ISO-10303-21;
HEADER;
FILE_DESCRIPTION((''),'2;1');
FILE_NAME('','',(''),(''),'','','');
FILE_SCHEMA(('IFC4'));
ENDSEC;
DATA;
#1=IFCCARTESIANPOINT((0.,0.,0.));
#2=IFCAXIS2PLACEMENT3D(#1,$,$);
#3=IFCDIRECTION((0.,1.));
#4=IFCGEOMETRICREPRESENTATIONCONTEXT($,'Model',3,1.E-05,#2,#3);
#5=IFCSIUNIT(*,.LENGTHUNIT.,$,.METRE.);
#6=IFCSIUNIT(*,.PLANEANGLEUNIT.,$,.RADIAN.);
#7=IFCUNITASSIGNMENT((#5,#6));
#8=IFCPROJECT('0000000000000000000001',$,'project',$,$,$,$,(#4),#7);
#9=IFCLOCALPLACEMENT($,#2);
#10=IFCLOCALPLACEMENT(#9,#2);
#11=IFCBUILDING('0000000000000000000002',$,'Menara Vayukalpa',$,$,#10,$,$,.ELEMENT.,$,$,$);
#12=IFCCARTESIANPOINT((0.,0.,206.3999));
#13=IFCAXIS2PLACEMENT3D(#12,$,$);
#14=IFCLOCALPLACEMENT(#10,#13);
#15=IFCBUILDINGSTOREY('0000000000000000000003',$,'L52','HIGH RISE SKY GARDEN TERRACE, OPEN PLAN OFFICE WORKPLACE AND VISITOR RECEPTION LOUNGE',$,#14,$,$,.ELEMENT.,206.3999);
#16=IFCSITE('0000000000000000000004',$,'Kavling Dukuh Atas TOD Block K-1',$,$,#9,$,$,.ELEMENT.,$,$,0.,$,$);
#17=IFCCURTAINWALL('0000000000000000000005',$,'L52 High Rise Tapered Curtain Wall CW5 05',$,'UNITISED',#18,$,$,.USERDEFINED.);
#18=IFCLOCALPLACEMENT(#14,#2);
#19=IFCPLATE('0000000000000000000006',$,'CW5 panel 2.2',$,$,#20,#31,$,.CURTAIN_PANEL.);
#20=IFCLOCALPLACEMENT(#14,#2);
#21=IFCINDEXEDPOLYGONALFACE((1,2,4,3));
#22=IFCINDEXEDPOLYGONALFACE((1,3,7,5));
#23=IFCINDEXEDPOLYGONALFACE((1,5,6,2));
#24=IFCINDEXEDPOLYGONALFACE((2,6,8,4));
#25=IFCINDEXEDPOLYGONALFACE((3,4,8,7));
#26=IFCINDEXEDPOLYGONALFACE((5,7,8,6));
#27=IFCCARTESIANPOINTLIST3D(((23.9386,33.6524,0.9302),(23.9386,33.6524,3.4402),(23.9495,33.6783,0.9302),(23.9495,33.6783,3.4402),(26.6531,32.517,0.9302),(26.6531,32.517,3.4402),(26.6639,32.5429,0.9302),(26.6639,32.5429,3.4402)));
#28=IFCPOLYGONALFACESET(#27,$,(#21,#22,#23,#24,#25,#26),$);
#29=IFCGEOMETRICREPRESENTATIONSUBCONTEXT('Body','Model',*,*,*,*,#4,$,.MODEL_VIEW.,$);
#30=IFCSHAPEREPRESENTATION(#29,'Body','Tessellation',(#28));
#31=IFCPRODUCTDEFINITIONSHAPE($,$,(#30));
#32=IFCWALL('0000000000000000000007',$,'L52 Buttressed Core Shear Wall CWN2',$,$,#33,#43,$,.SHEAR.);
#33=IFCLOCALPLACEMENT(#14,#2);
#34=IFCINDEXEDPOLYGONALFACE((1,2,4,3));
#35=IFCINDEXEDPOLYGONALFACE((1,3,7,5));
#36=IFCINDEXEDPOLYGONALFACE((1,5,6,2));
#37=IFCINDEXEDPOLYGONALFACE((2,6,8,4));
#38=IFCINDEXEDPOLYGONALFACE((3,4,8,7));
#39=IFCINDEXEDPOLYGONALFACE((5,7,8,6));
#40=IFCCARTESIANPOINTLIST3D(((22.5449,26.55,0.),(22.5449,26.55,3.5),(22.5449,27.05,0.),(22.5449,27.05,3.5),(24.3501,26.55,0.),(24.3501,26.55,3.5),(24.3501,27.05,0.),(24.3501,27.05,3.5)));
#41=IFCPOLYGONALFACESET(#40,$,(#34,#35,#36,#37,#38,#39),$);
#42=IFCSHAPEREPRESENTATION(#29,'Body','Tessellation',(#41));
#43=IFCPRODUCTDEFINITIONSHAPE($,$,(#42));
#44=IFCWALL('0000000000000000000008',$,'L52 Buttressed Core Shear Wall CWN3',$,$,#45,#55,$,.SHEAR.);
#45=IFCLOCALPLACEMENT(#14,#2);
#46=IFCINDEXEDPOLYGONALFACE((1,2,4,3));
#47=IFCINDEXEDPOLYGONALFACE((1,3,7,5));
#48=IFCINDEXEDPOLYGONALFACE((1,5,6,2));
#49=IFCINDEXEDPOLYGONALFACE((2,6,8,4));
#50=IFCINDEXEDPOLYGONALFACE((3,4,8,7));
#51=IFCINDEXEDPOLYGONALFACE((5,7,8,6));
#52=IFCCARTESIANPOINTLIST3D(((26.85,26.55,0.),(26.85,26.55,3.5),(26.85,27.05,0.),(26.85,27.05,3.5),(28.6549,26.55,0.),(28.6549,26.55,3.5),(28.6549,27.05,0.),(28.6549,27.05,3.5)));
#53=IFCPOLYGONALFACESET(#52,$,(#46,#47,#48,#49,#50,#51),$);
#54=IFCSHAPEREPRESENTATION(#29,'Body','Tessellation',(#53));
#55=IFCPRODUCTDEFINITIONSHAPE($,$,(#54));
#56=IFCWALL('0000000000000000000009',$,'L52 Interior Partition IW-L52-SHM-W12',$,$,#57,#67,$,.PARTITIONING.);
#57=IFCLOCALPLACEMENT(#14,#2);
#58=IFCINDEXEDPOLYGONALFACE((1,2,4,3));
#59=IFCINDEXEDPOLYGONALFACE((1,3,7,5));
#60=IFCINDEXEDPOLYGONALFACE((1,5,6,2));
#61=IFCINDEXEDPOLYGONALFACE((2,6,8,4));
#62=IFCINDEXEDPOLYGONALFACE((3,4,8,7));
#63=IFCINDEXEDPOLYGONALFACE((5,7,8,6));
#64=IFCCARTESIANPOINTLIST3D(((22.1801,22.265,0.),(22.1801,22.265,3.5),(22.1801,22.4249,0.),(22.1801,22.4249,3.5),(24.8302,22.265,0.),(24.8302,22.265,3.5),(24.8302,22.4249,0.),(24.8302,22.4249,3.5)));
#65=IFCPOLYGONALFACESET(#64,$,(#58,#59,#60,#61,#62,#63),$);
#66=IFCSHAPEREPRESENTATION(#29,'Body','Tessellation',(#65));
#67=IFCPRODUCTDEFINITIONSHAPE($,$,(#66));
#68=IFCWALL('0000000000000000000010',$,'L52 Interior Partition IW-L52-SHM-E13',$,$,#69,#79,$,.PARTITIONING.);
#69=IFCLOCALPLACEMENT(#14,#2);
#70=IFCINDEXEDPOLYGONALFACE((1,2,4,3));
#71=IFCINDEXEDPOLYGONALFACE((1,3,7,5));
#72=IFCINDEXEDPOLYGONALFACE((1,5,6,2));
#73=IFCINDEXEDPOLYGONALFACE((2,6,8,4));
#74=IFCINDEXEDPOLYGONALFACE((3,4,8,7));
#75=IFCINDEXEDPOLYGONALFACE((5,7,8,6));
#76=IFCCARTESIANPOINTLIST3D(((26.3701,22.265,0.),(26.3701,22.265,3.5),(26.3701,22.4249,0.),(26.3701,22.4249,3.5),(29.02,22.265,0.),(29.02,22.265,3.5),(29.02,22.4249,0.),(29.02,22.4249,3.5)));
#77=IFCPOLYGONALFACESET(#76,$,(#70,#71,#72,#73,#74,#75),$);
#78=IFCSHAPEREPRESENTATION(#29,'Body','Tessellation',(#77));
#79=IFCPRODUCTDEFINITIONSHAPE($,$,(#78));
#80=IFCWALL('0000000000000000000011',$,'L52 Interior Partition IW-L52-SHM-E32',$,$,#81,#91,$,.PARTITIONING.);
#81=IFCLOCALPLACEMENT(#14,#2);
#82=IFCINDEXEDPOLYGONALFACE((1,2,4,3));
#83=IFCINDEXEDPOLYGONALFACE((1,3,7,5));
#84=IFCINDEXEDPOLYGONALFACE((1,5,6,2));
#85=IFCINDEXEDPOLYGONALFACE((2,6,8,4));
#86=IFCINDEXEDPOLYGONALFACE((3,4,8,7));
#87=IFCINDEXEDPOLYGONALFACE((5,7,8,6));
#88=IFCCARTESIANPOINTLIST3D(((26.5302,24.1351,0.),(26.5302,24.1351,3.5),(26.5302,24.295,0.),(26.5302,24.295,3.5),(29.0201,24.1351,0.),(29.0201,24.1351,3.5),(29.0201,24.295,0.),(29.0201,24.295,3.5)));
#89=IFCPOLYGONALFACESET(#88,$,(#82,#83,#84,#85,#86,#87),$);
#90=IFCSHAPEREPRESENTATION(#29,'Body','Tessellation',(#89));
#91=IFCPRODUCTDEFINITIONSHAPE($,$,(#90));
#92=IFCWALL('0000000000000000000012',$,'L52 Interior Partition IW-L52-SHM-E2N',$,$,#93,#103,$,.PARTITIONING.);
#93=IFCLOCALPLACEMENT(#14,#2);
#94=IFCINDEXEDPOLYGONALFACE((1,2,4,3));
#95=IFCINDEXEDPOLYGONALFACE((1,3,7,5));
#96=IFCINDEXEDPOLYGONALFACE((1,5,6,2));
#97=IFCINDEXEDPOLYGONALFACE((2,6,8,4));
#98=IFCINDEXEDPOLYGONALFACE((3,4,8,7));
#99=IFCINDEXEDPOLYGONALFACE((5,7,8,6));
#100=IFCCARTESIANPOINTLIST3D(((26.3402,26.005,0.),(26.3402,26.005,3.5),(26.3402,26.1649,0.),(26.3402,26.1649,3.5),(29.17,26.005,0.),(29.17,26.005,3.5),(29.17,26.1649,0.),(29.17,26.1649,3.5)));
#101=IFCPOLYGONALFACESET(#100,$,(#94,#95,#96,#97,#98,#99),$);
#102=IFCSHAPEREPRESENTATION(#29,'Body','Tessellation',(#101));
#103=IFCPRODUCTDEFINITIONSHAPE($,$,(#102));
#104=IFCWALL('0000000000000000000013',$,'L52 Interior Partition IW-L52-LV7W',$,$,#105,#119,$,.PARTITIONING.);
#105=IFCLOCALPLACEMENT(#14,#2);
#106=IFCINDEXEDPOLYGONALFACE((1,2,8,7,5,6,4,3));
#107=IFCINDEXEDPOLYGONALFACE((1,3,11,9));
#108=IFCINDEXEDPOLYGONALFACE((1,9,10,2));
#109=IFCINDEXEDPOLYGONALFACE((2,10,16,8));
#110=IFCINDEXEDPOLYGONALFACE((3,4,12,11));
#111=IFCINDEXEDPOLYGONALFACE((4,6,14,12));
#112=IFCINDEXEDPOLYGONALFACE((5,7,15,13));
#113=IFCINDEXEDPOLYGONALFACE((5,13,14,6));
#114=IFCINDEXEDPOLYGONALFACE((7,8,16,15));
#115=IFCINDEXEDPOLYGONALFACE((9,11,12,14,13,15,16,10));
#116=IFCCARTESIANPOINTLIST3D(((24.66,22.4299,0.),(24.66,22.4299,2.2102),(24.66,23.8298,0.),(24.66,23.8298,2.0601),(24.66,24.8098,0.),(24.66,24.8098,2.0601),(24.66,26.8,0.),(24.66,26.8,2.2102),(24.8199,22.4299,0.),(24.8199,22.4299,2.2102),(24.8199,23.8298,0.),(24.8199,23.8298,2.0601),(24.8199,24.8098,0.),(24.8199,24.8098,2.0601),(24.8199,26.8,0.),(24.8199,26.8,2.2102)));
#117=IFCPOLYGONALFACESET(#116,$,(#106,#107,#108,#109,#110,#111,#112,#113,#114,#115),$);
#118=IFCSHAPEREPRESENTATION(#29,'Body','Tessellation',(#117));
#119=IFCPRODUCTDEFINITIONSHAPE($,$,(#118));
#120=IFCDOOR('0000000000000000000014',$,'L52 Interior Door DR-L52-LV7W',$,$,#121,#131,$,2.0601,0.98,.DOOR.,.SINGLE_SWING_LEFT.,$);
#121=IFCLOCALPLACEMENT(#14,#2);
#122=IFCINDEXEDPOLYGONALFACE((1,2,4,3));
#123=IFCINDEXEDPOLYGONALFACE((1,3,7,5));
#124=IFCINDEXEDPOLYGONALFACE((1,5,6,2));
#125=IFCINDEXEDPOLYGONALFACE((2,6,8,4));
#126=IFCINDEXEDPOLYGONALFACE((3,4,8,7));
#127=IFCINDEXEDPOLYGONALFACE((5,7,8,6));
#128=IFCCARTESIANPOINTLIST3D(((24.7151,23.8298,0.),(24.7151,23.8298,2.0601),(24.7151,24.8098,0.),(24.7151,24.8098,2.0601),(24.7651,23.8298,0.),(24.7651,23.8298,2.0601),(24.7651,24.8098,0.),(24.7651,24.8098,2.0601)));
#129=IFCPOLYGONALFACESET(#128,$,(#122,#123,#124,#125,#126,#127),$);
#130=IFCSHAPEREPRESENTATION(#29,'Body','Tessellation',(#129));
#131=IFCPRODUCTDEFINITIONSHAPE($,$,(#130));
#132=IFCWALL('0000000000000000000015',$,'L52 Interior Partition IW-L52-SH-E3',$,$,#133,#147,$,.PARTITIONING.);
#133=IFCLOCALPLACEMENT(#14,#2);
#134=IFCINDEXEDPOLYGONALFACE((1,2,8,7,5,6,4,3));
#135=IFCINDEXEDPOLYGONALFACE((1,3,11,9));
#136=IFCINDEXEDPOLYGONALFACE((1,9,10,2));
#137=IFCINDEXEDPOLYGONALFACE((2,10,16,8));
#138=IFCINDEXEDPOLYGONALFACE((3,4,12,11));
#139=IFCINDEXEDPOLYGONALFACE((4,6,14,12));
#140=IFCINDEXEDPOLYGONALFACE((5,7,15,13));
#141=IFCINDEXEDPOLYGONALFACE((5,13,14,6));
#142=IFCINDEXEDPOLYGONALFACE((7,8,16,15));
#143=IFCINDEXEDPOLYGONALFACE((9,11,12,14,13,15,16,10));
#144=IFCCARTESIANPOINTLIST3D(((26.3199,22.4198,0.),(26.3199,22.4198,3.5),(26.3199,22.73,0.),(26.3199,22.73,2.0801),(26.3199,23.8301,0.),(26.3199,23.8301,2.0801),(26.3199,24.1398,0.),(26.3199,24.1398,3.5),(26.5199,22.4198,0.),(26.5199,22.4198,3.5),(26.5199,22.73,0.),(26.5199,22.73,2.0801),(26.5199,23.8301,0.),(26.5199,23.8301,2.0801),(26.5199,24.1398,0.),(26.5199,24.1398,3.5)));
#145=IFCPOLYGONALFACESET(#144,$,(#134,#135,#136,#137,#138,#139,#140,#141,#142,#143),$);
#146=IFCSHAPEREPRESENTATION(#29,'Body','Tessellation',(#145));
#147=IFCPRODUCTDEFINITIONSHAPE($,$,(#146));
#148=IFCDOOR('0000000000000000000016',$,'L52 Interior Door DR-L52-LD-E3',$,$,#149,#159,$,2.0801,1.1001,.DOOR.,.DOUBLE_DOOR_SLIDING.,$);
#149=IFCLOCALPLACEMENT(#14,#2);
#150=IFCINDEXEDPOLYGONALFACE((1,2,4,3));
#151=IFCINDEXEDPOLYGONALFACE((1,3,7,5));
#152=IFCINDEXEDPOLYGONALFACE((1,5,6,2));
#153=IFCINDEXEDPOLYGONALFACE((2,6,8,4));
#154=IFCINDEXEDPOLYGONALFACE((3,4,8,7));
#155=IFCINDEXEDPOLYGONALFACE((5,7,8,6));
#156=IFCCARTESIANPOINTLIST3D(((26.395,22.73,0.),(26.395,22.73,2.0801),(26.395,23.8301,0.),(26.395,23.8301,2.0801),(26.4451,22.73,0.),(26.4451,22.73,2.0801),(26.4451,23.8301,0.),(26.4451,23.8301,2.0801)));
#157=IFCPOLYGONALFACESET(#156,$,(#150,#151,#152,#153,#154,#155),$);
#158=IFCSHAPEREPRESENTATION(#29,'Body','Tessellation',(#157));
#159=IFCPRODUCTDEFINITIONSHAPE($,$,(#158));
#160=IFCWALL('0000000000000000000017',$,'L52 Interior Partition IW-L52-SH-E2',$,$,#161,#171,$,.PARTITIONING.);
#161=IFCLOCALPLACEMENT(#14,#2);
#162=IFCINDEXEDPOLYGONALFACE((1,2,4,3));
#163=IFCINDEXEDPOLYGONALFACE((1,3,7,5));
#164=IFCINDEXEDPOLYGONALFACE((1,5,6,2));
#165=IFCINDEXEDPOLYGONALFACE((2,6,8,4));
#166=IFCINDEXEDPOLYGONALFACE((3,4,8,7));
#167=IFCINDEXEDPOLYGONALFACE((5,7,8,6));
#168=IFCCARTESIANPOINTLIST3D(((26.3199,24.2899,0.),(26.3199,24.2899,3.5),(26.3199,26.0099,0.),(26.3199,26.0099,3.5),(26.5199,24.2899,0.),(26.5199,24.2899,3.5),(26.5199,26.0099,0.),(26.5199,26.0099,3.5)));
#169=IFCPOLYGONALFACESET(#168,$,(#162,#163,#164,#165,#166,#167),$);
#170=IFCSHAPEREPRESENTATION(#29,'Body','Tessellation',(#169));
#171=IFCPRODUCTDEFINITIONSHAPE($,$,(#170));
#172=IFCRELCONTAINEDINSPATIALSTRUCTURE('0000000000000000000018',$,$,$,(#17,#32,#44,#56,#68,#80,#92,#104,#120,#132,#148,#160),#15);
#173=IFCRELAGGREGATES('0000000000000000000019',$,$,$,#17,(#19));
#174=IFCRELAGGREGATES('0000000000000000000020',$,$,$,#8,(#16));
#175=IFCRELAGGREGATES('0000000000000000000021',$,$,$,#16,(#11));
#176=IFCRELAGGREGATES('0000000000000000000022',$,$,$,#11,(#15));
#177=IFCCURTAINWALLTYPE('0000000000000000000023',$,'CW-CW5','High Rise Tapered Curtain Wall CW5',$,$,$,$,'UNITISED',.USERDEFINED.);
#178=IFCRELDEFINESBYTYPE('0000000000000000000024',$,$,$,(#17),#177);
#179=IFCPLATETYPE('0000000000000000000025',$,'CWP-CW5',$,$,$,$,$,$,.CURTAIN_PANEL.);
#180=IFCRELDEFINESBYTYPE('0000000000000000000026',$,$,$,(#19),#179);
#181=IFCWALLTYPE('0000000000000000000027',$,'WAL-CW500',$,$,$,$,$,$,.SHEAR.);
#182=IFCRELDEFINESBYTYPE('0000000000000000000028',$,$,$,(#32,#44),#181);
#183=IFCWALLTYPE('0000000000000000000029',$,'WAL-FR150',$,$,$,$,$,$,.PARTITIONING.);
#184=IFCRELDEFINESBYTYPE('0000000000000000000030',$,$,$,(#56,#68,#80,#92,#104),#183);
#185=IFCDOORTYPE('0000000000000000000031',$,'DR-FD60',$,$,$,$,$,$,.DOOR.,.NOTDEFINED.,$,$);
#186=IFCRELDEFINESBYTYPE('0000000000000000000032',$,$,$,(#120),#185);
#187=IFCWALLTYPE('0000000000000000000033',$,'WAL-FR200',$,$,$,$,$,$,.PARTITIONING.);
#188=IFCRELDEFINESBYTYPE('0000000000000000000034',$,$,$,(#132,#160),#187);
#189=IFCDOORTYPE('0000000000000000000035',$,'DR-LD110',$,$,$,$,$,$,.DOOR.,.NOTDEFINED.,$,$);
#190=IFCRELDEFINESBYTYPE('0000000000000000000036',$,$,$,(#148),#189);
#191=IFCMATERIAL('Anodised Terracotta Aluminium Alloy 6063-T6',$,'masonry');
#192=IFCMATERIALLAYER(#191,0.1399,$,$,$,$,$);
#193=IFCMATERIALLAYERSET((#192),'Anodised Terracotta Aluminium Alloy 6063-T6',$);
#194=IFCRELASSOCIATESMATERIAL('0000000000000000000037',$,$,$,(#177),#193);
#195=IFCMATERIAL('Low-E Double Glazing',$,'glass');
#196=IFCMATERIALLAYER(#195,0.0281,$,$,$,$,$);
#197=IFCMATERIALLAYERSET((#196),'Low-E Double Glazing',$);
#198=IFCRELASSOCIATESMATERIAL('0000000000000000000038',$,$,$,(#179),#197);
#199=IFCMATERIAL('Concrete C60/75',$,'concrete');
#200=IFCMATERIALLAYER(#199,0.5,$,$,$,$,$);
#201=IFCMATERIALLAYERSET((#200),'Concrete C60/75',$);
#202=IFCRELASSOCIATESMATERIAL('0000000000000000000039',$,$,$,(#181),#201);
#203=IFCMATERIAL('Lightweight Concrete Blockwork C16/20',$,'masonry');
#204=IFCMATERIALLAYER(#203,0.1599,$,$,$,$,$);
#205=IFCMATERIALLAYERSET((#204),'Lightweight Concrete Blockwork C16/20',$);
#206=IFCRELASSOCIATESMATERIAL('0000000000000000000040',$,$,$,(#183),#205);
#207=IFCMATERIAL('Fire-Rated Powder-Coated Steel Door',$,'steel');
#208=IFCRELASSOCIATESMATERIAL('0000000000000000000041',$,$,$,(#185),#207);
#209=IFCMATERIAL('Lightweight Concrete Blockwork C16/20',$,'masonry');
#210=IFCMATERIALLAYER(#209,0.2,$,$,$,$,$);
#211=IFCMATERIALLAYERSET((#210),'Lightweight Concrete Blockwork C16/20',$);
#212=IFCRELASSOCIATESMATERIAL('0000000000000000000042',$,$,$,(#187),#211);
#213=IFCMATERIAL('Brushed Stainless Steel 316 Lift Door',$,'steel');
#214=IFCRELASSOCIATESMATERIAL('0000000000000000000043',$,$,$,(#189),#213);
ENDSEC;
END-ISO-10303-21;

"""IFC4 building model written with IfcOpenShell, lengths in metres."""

from ifc_helpers import new_model, si_unit, direction, frame, frame_2d, origin, origin_2d, place, context, subcontext, project, spatial, rectangle, extrude, material, layer, layer_set, type_object, element, fill, aggregate, save


model = new_model("IFC4")

# Units and contexts
model_context = context("Model", 3, precision=1e-05, world=origin(), true_north=direction((0.0, 1.0)))
body_context = subcontext(model_context, "Body", "Model", "MODEL_VIEW")
ifc_project = project(units=[si_unit("LENGTHUNIT", "METRE"), si_unit("PLANEANGLEUNIT", "RADIAN")], contexts=[model_context])

# Site, building, storey
site_placement = place(None, origin())
site = spatial("IfcSite", under=ifc_project, at=site_placement, Name="Kavling Dukuh Atas TOD Block K-1", CompositionType="ELEMENT", RefElevation=0.0)
building_placement = place(site_placement, origin())
building = spatial("IfcBuilding", under=site, at=building_placement, Name="Menara Vayukalpa", CompositionType="ELEMENT")
storey_placement = place(building_placement, frame((0.0, 0.0, 206.3999)))
storey = spatial("IfcBuildingStorey", under=building, at=storey_placement, Name="L52", Description="HIGH RISE SKY GARDEN TERRACE, OPEN PLAN OFFICE WORKPLACE AND VISITOR RECEPTION LOUNGE", CompositionType="ELEMENT", Elevation=206.3999)

# Curtain wall, plate
ifc_material_1 = material(Name="Anodised Terracotta Aluminium Alloy 6063-T6", Category="masonry")
ifc_layer_1 = layer(ifc_material_1, 0.1399)
ifc_layer_set_1 = layer_set([ifc_layer_1], Name="Anodised Terracotta Aluminium Alloy 6063-T6")
curtain_wall_type = type_object("IfcCurtainWallType", Name="CW-CW5", Description="High Rise Tapered Curtain Wall CW5", ElementType="UNITISED", PredefinedType="USERDEFINED", material=ifc_layer_set_1)
curtain_wall_placement = place(storey_placement, origin())
curtain_wall = element("IfcCurtainWall", 1, at=curtain_wall_placement, inside=storey, type_object=curtain_wall_type, Name="L52 High Rise Tapered Curtain Wall CW5 05", ObjectType="UNITISED", PredefinedType="USERDEFINED")
ifc_material_2 = material(Name="Low-E Double Glazing", Category="glass")
ifc_layer_2 = layer(ifc_material_2, 0.0281)
ifc_layer_set_2 = layer_set([ifc_layer_2], Name="Low-E Double Glazing")
plate_type = type_object("IfcPlateType", Name="CWP-CW5", PredefinedType="CURTAIN_PANEL", material=ifc_layer_set_2)
plate_1_placement = place(storey_placement, frame((25.3013, 33.0977, 0.9302), z_axis=(0.0, 0.0, 1.0), x_axis=(-0.922539, 0.385903, 0.0)))
plate_1 = element("IfcPlate", 2, at=plate_1_placement, type_object=plate_type, Name="CW5 panel 2.2", PredefinedType="CURTAIN_PANEL", context=body_context, shape_type="SweptSolid", body=[
    extrude(rectangle(XDim=2.9424, YDim=0.0281, at=origin_2d()), origin(), (0.0, 0.0, 1.0), 2.51),
])
aggregate(curtain_wall, [plate_1])

# Walls
ifc_material_3 = material(Name="Concrete C60/75", Category="concrete")
ifc_layer_3 = layer(ifc_material_3, 0.5)
ifc_layer_set_3 = layer_set([ifc_layer_3], Name="Concrete C60/75")
wall_type_1 = type_object("IfcWallType", Name="WAL-CW500", PredefinedType="SHEAR", material=ifc_layer_set_3)
wall_1_placement = place(storey_placement, frame((22.5449, 26.8, 0.0), z_axis=(0.0, 0.0, 1.0), x_axis=(1.0, 0.0, 0.0)))
element("IfcWall", 3, at=wall_1_placement, inside=storey, type_object=wall_type_1, Name="L52 Buttressed Core Shear Wall CWN2", PredefinedType="SHEAR", context=body_context, shape_type="SweptSolid", body=[
    extrude(rectangle(XDim=1.8052, YDim=0.5, at=frame_2d((0.9026, 0.0))), origin(), (0.0, 0.0, 1.0), 3.5),
])
wall_2_placement = place(storey_placement, frame((26.8501, 26.8, 0.0), z_axis=(0.0, 0.0, 1.0), x_axis=(1.0, 0.0, 0.0)))
element("IfcWall", 4, at=wall_2_placement, inside=storey, type_object=wall_type_1, Name="L52 Buttressed Core Shear Wall CWN3", PredefinedType="SHEAR", context=body_context, shape_type="SweptSolid", body=[
    extrude(rectangle(XDim=1.8049, YDim=0.5, at=frame_2d((0.9023, 0.0))), origin(), (0.0, 0.0, 1.0), 3.5),
])
ifc_material_4 = material(Name="Lightweight Concrete Blockwork C16/20", Category="masonry")
ifc_layer_4 = layer(ifc_material_4, 0.1599)
ifc_layer_set_4 = layer_set([ifc_layer_4], Name="Lightweight Concrete Blockwork C16/20")
wall_type_2 = type_object("IfcWallType", Name="WAL-FR150", PredefinedType="PARTITIONING", material=ifc_layer_set_4)
wall_3_placement = place(storey_placement, frame((22.1799, 22.345, 0.0), z_axis=(0.0, 0.0, 1.0), x_axis=(1.0, 0.0, 0.0)))
element("IfcWall", 5, at=wall_3_placement, inside=storey, type_object=wall_type_2, Name="L52 Interior Partition IW-L52-SHM-W12", PredefinedType="PARTITIONING", context=body_context, shape_type="SweptSolid", body=[
    extrude(rectangle(XDim=2.6501, YDim=0.1599, at=frame_2d((1.3252, 0.0))), origin(), (0.0, 0.0, 1.0), 3.5),
])
wall_4_placement = place(storey_placement, frame((26.3701, 22.345, 0.0), z_axis=(0.0, 0.0, 1.0), x_axis=(1.0, 0.0, 0.0)))
element("IfcWall", 6, at=wall_4_placement, inside=storey, type_object=wall_type_2, Name="L52 Interior Partition IW-L52-SHM-E13", PredefinedType="PARTITIONING", context=body_context, shape_type="SweptSolid", body=[
    extrude(rectangle(XDim=2.6499, YDim=0.1599, at=frame_2d((1.325, 0.0))), origin(), (0.0, 0.0, 1.0), 3.5),
])
wall_5_placement = place(storey_placement, frame((26.53, 24.2151, 0.0), z_axis=(0.0, 0.0, 1.0), x_axis=(1.0, 0.0, 0.0)))
element("IfcWall", 7, at=wall_5_placement, inside=storey, type_object=wall_type_2, Name="L52 Interior Partition IW-L52-SHM-E32", PredefinedType="PARTITIONING", context=body_context, shape_type="SweptSolid", body=[
    extrude(rectangle(XDim=2.49, YDim=0.1599, at=frame_2d((1.2451, 0.0))), origin(), (0.0, 0.0, 1.0), 3.5),
])
wall_6_placement = place(storey_placement, frame((26.3401, 26.085, 0.0), z_axis=(0.0, 0.0, 1.0), x_axis=(1.0, 0.0, 0.0)))
element("IfcWall", 8, at=wall_6_placement, inside=storey, type_object=wall_type_2, Name="L52 Interior Partition IW-L52-SHM-E2N", PredefinedType="PARTITIONING", context=body_context, shape_type="SweptSolid", body=[
    extrude(rectangle(XDim=2.8298, YDim=0.1599, at=frame_2d((1.415, 0.0))), origin(), (0.0, 0.0, 1.0), 3.5),
])

# Walls, openings, doors
wall_7_placement = place(storey_placement, frame((24.74, 22.4299, 0.0), z_axis=(0.0, 0.0, 1.0), x_axis=(0.0, 1.0, 0.0)))
wall_7 = element("IfcWall", 9, at=wall_7_placement, inside=storey, type_object=wall_type_2, Name="L52 Interior Partition IW-L52-LV7W", PredefinedType="PARTITIONING", context=body_context, shape_type="SweptSolid", body=[
    extrude(rectangle(XDim=4.3701, YDim=0.1599, at=frame_2d((2.1851, 0.0))), origin(), (0.0, 0.0, 1.0), 2.2102),
])
opening_1_placement = place(wall_7_placement, frame((1.3999, 0.0, 0.0)))
opening_1 = element("IfcOpeningElement", 10, at=opening_1_placement, cuts=wall_7, PredefinedType="OPENING", context=body_context, shape_type="SweptSolid", body=[
    extrude(rectangle(XDim=0.98, YDim=2.0601, at=frame_2d((0.49, 1.03))), frame((0.0, 0.0898, 0.0), z_axis=(0.0, -1.0, 0.0), x_axis=(1.0, 0.0, 0.0)), (0.0, 0.0, 1.0), 0.1799),
])
ifc_material_5 = material(Name="Fire-Rated Powder-Coated Steel Door", Category="steel")
door_type_1 = type_object("IfcDoorType", Name="DR-FD60", OperationType="NOTDEFINED", PredefinedType="DOOR", material=ifc_material_5)
door_1_placement = place(opening_1_placement, origin())
door_1 = element("IfcDoor", 11, at=door_1_placement, inside=storey, type_object=door_type_1, Name="L52 Interior Door DR-L52-LV7W", OperationType="SINGLE_SWING_LEFT", OverallHeight=2.0601, OverallWidth=0.98, PredefinedType="DOOR", context=body_context, shape_type="SweptSolid", body=[
    extrude(rectangle(XDim=0.98, YDim=2.0601, at=frame_2d((0.49, 1.03))), frame((0.0, 0.0249, 0.0), z_axis=(0.0, -1.0, 0.0), x_axis=(1.0, 0.0, 0.0)), (0.0, 0.0, 1.0), 0.05),
])
fill(opening_1, door_1)
ifc_material_6 = material(Name="Lightweight Concrete Blockwork C16/20", Category="masonry")
ifc_layer_5 = layer(ifc_material_6, 0.2)
ifc_layer_set_5 = layer_set([ifc_layer_5], Name="Lightweight Concrete Blockwork C16/20")
wall_type_3 = type_object("IfcWallType", Name="WAL-FR200", PredefinedType="PARTITIONING", material=ifc_layer_set_5)
wall_8_placement = place(storey_placement, frame((26.4199, 22.4199, 0.0), z_axis=(0.0, 0.0, 1.0), x_axis=(0.0, 1.0, 0.0)))
wall_8 = element("IfcWall", 12, at=wall_8_placement, inside=storey, type_object=wall_type_3, Name="L52 Interior Partition IW-L52-SH-E3", PredefinedType="PARTITIONING", context=body_context, shape_type="SweptSolid", body=[
    extrude(rectangle(XDim=1.72, YDim=0.2, at=frame_2d((0.8599, 0.0))), origin(), (0.0, 0.0, 1.0), 3.5),
])
opening_2_placement = place(wall_8_placement, frame((0.3101, 0.0, 0.0)))
opening_2 = element("IfcOpeningElement", 13, at=opening_2_placement, cuts=wall_8, PredefinedType="OPENING", context=body_context, shape_type="SweptSolid", body=[
    extrude(rectangle(XDim=1.1001, YDim=2.0801, at=frame_2d((0.55, 1.04))), frame((0.0, 0.1099, 0.0), z_axis=(0.0, -1.0, 0.0), x_axis=(1.0, 0.0, 0.0)), (0.0, 0.0, 1.0), 0.22),
])
ifc_material_7 = material(Name="Brushed Stainless Steel 316 Lift Door", Category="steel")
door_type_2 = type_object("IfcDoorType", Name="DR-LD110", OperationType="NOTDEFINED", PredefinedType="DOOR", material=ifc_material_7)
door_2_placement = place(opening_2_placement, origin())
door_2 = element("IfcDoor", 14, at=door_2_placement, inside=storey, type_object=door_type_2, Name="L52 Interior Door DR-L52-LD-E3", OperationType="DOUBLE_DOOR_SLIDING", OverallHeight=2.0801, OverallWidth=1.1001, PredefinedType="DOOR", context=body_context, shape_type="SweptSolid", body=[
    extrude(rectangle(XDim=1.1001, YDim=2.0801, at=frame_2d((0.55, 1.04))), frame((0.0, 0.0249, 0.0), z_axis=(0.0, -1.0, 0.0), x_axis=(1.0, 0.0, 0.0)), (0.0, 0.0, 1.0), 0.05),
])
fill(opening_2, door_2)

# Wall
wall_9_placement = place(storey_placement, frame((26.4199, 24.29, 0.0), z_axis=(0.0, 0.0, 1.0), x_axis=(0.0, 1.0, 0.0)))
element("IfcWall", 15, at=wall_9_placement, inside=storey, type_object=wall_type_3, Name="L52 Interior Partition IW-L52-SH-E2", PredefinedType="PARTITIONING", context=body_context, shape_type="SweptSolid", body=[
    extrude(rectangle(XDim=1.72, YDim=0.2, at=frame_2d((0.8599, 0.0))), origin(), (0.0, 0.0, 1.0), 3.5),
])

save(model, "model.ifc")
